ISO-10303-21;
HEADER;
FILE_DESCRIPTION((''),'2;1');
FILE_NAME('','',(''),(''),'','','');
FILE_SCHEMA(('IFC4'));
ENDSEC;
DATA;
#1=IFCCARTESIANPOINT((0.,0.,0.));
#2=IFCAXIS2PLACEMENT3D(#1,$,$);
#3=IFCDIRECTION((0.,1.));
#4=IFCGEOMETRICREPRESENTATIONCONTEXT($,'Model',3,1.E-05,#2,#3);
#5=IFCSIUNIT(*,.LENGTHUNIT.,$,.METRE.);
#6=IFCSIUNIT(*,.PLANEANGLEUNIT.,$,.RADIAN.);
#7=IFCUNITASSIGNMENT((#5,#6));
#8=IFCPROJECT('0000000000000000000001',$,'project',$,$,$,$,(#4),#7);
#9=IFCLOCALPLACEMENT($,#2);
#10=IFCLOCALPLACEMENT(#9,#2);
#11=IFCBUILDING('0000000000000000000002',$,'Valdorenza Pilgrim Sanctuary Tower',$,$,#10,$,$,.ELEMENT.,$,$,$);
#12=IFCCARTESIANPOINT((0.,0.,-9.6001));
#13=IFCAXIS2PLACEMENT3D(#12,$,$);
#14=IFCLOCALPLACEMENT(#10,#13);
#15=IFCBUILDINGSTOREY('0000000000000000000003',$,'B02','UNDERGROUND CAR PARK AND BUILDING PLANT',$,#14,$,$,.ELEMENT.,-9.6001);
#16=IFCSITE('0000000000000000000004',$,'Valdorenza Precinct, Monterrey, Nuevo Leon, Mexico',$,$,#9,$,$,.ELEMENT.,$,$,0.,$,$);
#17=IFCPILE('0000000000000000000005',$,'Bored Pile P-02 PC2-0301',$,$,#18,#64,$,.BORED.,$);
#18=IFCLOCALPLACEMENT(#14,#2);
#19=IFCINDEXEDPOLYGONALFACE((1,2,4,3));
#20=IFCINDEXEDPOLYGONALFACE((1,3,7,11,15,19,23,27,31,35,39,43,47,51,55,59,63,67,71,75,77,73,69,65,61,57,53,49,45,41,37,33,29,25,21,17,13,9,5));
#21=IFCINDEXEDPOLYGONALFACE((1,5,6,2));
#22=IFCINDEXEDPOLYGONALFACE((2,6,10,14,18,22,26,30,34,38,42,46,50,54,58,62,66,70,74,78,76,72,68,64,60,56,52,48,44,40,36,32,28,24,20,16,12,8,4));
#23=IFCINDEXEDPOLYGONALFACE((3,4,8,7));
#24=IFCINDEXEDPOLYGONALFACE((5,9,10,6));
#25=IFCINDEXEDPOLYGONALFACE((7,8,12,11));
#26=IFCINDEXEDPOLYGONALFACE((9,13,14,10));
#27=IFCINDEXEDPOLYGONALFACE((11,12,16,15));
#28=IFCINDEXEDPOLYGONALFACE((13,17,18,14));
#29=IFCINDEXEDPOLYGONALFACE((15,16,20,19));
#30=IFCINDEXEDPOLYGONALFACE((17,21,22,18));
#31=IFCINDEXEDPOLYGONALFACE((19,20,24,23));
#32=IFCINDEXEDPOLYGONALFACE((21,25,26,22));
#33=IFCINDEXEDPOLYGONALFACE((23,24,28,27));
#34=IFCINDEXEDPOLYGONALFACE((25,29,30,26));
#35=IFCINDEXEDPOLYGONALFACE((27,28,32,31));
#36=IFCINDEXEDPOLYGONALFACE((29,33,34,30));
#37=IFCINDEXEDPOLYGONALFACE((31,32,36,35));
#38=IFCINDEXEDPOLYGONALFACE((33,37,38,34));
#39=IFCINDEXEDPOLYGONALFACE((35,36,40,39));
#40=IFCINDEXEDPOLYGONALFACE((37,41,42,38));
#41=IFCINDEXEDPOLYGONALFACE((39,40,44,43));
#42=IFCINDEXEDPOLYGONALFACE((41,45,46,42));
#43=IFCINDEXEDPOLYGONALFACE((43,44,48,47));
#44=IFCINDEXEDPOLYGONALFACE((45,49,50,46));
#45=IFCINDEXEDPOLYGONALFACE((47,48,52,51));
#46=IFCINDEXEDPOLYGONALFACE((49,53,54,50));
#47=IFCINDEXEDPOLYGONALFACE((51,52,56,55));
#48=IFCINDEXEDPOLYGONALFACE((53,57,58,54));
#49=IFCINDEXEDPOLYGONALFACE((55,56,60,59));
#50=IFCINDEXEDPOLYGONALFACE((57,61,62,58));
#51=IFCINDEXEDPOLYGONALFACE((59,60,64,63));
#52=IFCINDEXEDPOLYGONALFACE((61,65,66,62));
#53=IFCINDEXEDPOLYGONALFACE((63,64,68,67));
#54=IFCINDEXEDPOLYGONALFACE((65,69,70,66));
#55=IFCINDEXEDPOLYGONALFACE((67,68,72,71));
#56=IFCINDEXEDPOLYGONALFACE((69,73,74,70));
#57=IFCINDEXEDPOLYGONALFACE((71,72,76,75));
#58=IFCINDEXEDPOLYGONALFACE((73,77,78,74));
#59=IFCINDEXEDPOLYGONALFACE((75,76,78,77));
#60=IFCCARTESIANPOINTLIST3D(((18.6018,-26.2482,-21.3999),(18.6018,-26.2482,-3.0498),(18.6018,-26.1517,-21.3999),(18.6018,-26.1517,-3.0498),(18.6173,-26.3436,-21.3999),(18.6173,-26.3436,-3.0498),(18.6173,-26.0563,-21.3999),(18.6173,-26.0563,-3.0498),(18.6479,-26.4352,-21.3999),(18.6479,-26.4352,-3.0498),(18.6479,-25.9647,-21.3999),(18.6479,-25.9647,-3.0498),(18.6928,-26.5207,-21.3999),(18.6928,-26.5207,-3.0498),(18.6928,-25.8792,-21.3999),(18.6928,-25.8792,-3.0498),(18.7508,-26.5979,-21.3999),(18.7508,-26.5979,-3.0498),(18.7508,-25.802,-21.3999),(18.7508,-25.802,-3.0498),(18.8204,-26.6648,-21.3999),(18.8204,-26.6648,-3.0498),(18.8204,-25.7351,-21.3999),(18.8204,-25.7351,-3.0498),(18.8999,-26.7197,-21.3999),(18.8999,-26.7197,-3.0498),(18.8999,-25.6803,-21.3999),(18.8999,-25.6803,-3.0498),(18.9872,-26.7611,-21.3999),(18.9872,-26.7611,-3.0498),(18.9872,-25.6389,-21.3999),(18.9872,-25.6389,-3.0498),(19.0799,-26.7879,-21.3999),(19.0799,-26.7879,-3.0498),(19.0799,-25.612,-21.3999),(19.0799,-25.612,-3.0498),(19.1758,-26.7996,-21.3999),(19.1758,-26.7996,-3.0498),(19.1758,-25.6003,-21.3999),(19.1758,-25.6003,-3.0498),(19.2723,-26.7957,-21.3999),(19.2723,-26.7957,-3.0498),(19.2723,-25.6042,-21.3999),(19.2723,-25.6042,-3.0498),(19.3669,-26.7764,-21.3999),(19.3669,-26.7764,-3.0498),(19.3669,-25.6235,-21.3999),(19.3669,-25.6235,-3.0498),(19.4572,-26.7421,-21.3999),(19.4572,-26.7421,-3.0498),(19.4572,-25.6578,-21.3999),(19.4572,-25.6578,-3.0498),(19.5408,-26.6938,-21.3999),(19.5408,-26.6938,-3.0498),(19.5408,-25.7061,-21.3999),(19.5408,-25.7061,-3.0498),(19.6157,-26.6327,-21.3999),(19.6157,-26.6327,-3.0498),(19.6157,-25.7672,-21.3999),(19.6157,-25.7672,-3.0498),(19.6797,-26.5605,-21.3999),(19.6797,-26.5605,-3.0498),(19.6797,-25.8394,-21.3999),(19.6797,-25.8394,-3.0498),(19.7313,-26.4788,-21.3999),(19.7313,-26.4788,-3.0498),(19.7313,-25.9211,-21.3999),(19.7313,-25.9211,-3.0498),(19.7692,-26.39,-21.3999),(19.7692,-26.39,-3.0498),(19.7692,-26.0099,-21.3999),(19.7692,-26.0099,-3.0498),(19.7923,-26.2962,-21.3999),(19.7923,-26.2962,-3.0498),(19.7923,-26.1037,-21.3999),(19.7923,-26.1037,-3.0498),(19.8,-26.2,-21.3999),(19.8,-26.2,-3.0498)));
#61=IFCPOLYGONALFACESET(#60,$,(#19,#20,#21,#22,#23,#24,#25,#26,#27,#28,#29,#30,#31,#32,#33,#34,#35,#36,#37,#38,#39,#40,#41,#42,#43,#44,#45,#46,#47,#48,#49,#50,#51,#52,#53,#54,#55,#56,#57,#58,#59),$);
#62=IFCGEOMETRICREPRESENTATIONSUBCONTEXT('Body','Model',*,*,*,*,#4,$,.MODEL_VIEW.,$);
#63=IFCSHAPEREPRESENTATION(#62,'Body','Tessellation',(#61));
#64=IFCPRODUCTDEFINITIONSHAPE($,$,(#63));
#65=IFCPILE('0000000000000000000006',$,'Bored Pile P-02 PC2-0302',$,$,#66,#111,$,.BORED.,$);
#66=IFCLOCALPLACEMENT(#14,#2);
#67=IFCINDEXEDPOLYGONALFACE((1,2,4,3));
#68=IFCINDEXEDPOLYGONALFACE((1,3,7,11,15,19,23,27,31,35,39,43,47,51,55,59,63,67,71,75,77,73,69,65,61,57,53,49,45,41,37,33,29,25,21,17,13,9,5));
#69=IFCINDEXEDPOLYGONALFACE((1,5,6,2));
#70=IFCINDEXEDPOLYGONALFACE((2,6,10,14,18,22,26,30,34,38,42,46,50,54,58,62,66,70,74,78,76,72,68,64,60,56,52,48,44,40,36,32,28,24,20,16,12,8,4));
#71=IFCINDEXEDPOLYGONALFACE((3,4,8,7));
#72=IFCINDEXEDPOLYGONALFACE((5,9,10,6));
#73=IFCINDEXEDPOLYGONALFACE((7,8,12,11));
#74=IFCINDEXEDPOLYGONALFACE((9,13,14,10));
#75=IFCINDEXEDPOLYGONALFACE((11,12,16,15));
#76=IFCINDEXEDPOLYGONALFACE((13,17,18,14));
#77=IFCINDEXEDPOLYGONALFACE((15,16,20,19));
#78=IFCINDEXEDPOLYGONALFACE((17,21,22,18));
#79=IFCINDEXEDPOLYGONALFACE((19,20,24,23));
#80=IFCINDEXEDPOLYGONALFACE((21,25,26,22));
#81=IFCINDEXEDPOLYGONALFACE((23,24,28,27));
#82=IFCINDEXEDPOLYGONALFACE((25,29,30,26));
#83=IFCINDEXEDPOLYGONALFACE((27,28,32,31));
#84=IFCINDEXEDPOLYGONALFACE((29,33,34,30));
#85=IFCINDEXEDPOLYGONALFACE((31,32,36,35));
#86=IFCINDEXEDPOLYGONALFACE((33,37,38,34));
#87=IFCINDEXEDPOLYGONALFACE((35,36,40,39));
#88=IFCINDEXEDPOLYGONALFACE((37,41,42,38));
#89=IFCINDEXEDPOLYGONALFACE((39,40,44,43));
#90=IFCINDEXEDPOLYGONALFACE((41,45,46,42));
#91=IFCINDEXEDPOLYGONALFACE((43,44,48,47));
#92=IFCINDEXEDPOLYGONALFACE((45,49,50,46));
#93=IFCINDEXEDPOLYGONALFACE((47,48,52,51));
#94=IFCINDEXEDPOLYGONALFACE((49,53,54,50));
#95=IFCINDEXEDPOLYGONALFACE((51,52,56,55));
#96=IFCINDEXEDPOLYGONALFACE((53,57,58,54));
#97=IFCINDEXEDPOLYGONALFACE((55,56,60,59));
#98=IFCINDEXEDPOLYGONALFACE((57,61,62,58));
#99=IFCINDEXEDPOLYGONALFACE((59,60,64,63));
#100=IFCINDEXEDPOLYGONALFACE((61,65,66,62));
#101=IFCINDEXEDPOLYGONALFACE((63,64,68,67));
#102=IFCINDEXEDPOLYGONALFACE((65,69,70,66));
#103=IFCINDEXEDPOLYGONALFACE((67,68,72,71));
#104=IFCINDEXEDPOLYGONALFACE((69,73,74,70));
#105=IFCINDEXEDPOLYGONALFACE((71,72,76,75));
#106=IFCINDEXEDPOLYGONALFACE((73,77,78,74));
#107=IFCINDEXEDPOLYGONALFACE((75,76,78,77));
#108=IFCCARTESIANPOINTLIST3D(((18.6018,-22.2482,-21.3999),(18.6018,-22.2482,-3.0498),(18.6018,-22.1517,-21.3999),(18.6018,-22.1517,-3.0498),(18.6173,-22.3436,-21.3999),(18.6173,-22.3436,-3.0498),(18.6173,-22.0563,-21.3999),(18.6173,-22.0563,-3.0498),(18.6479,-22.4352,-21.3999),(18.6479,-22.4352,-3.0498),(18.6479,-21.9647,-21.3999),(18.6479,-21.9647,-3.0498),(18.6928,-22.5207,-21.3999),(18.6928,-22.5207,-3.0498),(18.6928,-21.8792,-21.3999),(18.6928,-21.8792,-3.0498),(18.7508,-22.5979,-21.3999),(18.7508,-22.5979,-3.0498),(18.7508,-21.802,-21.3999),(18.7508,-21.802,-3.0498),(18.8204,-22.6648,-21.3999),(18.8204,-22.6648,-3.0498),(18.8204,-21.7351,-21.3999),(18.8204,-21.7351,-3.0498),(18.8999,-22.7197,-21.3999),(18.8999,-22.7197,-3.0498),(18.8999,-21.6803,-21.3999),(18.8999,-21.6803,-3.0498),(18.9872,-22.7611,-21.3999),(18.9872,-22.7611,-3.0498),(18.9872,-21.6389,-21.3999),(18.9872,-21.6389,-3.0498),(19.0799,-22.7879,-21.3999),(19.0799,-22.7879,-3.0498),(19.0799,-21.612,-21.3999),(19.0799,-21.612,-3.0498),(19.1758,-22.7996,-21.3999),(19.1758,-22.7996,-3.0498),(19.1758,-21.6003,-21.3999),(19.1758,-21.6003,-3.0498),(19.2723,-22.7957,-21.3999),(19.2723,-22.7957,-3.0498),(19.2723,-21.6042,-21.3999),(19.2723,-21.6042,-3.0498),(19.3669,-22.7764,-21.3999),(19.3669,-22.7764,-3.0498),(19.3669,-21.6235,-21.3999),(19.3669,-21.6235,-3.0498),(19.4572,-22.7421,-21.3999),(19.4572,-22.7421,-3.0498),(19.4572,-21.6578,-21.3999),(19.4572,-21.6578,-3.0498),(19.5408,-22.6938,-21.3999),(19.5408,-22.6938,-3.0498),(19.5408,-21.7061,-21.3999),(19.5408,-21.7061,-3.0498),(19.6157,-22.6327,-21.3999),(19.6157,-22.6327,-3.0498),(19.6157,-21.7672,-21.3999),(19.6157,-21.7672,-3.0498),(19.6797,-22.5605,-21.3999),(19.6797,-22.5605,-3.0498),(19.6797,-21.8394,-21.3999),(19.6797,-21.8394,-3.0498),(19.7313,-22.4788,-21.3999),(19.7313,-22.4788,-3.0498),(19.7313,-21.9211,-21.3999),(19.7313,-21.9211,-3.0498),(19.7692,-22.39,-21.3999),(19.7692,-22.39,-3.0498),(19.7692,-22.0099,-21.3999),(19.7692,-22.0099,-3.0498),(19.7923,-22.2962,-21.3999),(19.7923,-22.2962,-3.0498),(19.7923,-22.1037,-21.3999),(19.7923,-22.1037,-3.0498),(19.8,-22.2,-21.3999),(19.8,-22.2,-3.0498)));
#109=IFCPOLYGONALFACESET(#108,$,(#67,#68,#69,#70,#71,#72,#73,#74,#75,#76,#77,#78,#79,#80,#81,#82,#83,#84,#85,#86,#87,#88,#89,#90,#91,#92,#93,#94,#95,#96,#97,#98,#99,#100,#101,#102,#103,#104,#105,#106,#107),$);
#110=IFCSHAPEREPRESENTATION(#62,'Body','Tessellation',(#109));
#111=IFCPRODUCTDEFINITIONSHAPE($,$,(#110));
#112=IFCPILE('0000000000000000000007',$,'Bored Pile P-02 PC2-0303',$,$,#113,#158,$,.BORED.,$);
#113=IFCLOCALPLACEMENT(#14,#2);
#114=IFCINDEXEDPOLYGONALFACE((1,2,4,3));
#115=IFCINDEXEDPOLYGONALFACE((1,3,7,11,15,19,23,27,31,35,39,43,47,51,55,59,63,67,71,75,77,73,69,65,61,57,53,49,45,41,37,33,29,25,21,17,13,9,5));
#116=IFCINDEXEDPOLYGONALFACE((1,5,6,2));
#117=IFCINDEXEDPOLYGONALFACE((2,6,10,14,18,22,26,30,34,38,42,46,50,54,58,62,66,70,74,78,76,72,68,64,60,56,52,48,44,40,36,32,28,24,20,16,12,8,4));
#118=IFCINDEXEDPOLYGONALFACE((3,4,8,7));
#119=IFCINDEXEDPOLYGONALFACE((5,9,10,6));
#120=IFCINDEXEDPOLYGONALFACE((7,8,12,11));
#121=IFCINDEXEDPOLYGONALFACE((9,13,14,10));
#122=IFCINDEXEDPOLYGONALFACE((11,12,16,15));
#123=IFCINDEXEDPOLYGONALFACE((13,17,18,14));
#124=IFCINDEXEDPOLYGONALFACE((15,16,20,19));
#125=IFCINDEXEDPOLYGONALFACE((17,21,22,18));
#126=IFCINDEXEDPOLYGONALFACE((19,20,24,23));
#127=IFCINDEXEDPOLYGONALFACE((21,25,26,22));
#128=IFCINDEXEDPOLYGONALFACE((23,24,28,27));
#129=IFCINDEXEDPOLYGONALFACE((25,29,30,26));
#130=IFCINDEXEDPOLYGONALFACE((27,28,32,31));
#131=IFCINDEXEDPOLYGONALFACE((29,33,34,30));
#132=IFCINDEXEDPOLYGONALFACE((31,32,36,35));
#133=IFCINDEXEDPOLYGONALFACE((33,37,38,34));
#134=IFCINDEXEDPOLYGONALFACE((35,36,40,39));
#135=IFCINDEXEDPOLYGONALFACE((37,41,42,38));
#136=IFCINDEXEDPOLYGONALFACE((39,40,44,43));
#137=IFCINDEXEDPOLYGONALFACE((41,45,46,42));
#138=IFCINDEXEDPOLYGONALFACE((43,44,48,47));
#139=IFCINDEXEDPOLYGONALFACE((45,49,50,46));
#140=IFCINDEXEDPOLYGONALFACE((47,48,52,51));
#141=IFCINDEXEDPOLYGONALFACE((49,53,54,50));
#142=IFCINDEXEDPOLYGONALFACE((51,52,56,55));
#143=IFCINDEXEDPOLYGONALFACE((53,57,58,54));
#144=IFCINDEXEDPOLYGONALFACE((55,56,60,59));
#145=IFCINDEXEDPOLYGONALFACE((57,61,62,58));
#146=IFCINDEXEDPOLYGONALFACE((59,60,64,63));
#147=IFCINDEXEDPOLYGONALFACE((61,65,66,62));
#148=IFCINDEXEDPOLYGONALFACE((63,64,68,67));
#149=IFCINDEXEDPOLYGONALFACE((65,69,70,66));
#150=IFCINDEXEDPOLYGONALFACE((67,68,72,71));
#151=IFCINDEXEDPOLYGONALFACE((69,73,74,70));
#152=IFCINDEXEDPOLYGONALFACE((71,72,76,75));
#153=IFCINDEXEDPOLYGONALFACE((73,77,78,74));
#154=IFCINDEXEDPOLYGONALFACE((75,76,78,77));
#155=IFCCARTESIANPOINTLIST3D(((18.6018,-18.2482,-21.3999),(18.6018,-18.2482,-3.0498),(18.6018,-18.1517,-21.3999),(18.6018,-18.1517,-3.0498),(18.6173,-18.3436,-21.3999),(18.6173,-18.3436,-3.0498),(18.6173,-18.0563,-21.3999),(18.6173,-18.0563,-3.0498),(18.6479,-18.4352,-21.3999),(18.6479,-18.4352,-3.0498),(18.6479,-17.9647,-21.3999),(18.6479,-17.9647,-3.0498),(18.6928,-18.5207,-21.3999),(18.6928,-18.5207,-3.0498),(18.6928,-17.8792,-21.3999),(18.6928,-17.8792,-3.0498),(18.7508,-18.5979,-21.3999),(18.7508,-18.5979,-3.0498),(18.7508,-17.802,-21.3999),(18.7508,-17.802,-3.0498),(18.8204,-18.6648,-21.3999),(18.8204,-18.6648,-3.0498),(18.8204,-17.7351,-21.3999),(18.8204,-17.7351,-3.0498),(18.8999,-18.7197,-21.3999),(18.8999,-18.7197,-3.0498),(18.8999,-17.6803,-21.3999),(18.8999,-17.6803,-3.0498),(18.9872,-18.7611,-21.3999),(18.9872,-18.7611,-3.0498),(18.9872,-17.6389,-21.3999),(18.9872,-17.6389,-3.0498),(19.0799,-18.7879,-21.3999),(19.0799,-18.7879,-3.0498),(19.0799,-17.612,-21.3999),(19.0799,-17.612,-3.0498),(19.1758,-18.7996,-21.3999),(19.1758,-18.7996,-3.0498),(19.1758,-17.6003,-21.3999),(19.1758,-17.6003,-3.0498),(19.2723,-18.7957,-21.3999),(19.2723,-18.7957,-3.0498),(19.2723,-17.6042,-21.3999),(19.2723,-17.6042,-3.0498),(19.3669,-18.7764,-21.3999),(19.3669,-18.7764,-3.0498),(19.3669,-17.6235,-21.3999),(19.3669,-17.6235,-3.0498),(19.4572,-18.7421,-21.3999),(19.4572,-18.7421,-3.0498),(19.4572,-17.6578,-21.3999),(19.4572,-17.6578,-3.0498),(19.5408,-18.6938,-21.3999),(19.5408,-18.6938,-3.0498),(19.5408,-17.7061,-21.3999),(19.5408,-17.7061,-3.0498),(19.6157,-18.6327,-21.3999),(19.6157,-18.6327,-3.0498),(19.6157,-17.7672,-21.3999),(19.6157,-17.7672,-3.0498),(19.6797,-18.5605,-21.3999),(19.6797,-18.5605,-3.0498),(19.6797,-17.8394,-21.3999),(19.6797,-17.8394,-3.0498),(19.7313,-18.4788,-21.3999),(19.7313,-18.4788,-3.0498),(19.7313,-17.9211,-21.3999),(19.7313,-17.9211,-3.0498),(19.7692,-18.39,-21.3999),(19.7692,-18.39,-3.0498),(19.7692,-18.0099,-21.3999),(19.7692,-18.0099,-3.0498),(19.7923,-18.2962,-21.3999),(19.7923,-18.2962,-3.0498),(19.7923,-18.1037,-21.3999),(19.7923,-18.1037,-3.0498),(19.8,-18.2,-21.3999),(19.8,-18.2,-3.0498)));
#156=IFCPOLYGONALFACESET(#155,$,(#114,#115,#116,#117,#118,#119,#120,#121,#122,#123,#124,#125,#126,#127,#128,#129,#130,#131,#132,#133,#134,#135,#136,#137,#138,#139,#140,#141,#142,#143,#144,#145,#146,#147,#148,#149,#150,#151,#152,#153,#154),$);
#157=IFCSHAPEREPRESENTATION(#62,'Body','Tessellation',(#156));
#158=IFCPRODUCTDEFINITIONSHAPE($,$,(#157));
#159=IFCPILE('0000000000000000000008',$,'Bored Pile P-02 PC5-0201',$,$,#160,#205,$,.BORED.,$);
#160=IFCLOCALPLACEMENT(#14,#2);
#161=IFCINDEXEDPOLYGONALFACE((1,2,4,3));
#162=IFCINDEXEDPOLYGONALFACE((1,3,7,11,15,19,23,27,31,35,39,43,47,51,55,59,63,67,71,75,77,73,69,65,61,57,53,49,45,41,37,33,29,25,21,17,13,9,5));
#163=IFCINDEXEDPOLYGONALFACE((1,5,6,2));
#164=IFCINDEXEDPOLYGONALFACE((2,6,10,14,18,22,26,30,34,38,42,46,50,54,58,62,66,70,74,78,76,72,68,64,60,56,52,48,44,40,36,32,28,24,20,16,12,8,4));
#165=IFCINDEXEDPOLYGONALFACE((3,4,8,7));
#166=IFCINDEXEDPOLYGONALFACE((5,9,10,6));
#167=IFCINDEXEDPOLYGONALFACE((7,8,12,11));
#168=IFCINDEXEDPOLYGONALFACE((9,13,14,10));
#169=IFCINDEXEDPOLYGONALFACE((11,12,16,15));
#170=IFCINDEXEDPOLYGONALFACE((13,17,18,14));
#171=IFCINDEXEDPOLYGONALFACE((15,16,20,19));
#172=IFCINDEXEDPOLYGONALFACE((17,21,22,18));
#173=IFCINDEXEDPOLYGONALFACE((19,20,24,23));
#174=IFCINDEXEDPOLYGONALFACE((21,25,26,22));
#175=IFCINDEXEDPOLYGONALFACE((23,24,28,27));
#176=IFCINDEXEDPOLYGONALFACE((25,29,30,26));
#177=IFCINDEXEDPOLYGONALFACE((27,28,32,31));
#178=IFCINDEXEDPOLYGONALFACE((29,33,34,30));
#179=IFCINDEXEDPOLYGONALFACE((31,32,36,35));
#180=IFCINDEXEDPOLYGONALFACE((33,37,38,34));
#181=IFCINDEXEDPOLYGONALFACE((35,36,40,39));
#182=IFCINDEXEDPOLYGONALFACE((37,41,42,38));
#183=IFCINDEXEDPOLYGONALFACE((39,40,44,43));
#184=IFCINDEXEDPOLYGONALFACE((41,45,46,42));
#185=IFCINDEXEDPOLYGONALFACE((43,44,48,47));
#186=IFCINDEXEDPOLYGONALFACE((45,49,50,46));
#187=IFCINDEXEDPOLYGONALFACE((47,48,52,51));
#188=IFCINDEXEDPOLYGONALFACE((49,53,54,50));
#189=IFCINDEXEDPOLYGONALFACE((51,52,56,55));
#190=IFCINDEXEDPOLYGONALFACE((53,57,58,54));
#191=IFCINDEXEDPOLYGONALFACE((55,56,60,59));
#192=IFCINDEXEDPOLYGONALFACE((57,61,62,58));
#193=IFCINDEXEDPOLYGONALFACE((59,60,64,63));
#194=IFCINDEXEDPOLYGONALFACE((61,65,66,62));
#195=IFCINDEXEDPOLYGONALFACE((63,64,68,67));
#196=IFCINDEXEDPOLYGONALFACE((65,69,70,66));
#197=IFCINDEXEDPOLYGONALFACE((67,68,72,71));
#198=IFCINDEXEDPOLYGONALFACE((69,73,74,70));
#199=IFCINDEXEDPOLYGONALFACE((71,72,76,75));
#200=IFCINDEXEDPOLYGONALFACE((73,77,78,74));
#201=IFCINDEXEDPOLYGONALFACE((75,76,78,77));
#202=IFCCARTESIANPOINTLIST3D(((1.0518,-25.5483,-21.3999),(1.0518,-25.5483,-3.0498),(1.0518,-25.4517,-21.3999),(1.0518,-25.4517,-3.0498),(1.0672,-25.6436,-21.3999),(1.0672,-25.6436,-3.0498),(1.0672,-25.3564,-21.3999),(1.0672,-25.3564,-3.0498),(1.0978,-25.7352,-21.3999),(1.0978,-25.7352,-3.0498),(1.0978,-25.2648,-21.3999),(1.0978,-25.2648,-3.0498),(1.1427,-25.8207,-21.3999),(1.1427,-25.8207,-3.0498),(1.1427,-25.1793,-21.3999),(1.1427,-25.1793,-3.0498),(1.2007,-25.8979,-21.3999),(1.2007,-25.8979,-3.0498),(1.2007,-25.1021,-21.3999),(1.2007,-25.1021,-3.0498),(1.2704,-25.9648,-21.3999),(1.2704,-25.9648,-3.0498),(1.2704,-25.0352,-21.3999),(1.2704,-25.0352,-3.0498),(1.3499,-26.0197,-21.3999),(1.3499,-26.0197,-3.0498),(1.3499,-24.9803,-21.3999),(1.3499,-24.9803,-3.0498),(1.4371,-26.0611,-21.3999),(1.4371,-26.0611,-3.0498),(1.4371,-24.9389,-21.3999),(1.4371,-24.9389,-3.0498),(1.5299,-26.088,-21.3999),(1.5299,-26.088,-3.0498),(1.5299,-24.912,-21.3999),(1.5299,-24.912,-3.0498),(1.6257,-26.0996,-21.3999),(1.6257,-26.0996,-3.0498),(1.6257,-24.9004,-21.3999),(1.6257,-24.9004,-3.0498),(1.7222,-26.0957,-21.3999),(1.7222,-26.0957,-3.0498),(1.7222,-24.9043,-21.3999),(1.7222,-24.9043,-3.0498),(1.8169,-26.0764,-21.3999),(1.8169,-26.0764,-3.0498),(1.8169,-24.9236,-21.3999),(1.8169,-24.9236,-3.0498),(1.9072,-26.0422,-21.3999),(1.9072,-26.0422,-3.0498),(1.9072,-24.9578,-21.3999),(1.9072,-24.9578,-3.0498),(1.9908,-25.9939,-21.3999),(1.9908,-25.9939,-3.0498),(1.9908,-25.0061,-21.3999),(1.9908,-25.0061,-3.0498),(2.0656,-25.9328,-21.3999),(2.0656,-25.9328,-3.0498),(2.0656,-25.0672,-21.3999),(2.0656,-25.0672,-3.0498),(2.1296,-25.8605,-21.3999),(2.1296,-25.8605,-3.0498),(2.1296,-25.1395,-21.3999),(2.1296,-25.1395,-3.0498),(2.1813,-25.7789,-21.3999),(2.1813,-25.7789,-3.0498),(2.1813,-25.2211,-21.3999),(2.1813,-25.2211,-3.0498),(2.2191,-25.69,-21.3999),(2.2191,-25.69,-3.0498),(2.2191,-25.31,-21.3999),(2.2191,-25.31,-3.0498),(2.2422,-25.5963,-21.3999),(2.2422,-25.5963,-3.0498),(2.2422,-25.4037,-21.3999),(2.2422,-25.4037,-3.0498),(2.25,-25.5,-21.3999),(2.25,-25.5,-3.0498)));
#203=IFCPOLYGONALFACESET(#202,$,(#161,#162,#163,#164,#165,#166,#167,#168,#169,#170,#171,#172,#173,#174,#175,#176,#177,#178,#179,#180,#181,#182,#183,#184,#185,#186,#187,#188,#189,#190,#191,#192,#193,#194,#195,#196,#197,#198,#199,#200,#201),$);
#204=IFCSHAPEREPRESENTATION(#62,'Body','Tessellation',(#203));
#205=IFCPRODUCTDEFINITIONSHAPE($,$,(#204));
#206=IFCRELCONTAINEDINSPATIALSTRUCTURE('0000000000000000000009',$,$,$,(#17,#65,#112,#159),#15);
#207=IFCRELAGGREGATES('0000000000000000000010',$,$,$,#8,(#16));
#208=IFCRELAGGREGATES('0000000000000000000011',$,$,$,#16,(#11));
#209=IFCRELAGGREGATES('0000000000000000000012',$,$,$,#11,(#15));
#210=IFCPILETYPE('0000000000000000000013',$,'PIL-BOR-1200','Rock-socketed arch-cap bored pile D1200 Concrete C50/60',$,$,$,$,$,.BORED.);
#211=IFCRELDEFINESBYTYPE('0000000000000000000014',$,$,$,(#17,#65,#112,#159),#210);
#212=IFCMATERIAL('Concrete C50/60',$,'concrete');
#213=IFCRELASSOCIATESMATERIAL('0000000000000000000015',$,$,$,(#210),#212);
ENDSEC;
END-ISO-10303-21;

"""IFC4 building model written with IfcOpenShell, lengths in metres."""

from ifc_helpers import new_model, si_unit, direction, frame, origin, origin_2d, place, context, subcontext, project, spatial, circle, extrude, source, transform, mapped, material, material_profile, profile_set, type_object, element, save


model = new_model("IFC4")

# Units and contexts
model_context = context("Model", 3, precision=1e-05, world=origin(), true_north=direction((0.0, 1.0)))
body_context = subcontext(model_context, "Body", "Model", "MODEL_VIEW")
ifc_project = project(units=[si_unit("LENGTHUNIT", "METRE"), si_unit("PLANEANGLEUNIT", "RADIAN")], contexts=[model_context])

# Site, building, storey
site_placement = place(None, origin())
site = spatial("IfcSite", under=ifc_project, at=site_placement, Name="Valdorenza Precinct, Monterrey, Nuevo Leon, Mexico", CompositionType="ELEMENT", RefElevation=0.0)
building_placement = place(site_placement, origin())
building = spatial("IfcBuilding", under=site, at=building_placement, Name="Valdorenza Pilgrim Sanctuary Tower", CompositionType="ELEMENT")
storey_placement = place(building_placement, frame((0.0, 0.0, -9.6001)))
storey = spatial("IfcBuildingStorey", under=building, at=storey_placement, Name="B02", Description="UNDERGROUND CAR PARK AND BUILDING PLANT", CompositionType="ELEMENT", Elevation=-9.6001)

# Shared definitions
ifc_material_1 = material(Name="Concrete C50/60", Category="concrete")

# Piles
ifc_material_profile_1 = material_profile(ifc_material_1, circle(Radius=0.6001, at=origin_2d()), Name="BORED PILE 1200")
ifc_profile_set_1 = profile_set([ifc_material_profile_1], Name="Concrete C50/60")
pile_type_1 = type_object("IfcPileType", Name="PIL-BOR-1200", Description="Rock-socketed arch-cap bored pile D1200 Concrete C50/60", PredefinedType="BORED", material=ifc_profile_set_1)
shared_shape_1 = source(origin(), body_context, "Body", "SweptSolid", [
    extrude(circle(Radius=0.6001, at=origin_2d()), origin(), (0.0, 0.0, 1.0), 18.3501),
])
for number, where, z_axis, x_axis, name in (
    (1, (19.2, -26.2, -3.0498), (0.0, 0.0, -1.0), (1.0, 0.0, 0.0), "Bored Pile P-02 PC2-0301"),
    (2, (19.2, -22.2, -3.0498), (0.0, 0.0, -1.0), (1.0, 0.0, 0.0), "Bored Pile P-02 PC2-0302"),
    (3, (19.2, -18.2, -3.0498), (0.0, 0.0, -1.0), (1.0, 0.0, 0.0), "Bored Pile P-02 PC2-0303"),
    (4, (1.6499, -25.5, -3.0498), (0.0, 0.0, -1.0), (1.0, 0.0, 0.0), "Bored Pile P-02 PC5-0201"),
):
    element("IfcPile", number, at=place(storey_placement, frame(where, z_axis=z_axis, x_axis=x_axis)), inside=storey, type_object=pile_type_1, Name=name, PredefinedType="BORED", context=body_context, shape_type="MappedRepresentation", body=[
        mapped(shared_shape_1, transform((0.0, 0.0, 0.0), x_axis=(1.0, 0.0, 0.0), y_axis=(0.0, 1.0, 0.0), z_axis=(0.0, 0.0, 1.0), scale=1.0)),
    ])

save(model, "model.ifc")
